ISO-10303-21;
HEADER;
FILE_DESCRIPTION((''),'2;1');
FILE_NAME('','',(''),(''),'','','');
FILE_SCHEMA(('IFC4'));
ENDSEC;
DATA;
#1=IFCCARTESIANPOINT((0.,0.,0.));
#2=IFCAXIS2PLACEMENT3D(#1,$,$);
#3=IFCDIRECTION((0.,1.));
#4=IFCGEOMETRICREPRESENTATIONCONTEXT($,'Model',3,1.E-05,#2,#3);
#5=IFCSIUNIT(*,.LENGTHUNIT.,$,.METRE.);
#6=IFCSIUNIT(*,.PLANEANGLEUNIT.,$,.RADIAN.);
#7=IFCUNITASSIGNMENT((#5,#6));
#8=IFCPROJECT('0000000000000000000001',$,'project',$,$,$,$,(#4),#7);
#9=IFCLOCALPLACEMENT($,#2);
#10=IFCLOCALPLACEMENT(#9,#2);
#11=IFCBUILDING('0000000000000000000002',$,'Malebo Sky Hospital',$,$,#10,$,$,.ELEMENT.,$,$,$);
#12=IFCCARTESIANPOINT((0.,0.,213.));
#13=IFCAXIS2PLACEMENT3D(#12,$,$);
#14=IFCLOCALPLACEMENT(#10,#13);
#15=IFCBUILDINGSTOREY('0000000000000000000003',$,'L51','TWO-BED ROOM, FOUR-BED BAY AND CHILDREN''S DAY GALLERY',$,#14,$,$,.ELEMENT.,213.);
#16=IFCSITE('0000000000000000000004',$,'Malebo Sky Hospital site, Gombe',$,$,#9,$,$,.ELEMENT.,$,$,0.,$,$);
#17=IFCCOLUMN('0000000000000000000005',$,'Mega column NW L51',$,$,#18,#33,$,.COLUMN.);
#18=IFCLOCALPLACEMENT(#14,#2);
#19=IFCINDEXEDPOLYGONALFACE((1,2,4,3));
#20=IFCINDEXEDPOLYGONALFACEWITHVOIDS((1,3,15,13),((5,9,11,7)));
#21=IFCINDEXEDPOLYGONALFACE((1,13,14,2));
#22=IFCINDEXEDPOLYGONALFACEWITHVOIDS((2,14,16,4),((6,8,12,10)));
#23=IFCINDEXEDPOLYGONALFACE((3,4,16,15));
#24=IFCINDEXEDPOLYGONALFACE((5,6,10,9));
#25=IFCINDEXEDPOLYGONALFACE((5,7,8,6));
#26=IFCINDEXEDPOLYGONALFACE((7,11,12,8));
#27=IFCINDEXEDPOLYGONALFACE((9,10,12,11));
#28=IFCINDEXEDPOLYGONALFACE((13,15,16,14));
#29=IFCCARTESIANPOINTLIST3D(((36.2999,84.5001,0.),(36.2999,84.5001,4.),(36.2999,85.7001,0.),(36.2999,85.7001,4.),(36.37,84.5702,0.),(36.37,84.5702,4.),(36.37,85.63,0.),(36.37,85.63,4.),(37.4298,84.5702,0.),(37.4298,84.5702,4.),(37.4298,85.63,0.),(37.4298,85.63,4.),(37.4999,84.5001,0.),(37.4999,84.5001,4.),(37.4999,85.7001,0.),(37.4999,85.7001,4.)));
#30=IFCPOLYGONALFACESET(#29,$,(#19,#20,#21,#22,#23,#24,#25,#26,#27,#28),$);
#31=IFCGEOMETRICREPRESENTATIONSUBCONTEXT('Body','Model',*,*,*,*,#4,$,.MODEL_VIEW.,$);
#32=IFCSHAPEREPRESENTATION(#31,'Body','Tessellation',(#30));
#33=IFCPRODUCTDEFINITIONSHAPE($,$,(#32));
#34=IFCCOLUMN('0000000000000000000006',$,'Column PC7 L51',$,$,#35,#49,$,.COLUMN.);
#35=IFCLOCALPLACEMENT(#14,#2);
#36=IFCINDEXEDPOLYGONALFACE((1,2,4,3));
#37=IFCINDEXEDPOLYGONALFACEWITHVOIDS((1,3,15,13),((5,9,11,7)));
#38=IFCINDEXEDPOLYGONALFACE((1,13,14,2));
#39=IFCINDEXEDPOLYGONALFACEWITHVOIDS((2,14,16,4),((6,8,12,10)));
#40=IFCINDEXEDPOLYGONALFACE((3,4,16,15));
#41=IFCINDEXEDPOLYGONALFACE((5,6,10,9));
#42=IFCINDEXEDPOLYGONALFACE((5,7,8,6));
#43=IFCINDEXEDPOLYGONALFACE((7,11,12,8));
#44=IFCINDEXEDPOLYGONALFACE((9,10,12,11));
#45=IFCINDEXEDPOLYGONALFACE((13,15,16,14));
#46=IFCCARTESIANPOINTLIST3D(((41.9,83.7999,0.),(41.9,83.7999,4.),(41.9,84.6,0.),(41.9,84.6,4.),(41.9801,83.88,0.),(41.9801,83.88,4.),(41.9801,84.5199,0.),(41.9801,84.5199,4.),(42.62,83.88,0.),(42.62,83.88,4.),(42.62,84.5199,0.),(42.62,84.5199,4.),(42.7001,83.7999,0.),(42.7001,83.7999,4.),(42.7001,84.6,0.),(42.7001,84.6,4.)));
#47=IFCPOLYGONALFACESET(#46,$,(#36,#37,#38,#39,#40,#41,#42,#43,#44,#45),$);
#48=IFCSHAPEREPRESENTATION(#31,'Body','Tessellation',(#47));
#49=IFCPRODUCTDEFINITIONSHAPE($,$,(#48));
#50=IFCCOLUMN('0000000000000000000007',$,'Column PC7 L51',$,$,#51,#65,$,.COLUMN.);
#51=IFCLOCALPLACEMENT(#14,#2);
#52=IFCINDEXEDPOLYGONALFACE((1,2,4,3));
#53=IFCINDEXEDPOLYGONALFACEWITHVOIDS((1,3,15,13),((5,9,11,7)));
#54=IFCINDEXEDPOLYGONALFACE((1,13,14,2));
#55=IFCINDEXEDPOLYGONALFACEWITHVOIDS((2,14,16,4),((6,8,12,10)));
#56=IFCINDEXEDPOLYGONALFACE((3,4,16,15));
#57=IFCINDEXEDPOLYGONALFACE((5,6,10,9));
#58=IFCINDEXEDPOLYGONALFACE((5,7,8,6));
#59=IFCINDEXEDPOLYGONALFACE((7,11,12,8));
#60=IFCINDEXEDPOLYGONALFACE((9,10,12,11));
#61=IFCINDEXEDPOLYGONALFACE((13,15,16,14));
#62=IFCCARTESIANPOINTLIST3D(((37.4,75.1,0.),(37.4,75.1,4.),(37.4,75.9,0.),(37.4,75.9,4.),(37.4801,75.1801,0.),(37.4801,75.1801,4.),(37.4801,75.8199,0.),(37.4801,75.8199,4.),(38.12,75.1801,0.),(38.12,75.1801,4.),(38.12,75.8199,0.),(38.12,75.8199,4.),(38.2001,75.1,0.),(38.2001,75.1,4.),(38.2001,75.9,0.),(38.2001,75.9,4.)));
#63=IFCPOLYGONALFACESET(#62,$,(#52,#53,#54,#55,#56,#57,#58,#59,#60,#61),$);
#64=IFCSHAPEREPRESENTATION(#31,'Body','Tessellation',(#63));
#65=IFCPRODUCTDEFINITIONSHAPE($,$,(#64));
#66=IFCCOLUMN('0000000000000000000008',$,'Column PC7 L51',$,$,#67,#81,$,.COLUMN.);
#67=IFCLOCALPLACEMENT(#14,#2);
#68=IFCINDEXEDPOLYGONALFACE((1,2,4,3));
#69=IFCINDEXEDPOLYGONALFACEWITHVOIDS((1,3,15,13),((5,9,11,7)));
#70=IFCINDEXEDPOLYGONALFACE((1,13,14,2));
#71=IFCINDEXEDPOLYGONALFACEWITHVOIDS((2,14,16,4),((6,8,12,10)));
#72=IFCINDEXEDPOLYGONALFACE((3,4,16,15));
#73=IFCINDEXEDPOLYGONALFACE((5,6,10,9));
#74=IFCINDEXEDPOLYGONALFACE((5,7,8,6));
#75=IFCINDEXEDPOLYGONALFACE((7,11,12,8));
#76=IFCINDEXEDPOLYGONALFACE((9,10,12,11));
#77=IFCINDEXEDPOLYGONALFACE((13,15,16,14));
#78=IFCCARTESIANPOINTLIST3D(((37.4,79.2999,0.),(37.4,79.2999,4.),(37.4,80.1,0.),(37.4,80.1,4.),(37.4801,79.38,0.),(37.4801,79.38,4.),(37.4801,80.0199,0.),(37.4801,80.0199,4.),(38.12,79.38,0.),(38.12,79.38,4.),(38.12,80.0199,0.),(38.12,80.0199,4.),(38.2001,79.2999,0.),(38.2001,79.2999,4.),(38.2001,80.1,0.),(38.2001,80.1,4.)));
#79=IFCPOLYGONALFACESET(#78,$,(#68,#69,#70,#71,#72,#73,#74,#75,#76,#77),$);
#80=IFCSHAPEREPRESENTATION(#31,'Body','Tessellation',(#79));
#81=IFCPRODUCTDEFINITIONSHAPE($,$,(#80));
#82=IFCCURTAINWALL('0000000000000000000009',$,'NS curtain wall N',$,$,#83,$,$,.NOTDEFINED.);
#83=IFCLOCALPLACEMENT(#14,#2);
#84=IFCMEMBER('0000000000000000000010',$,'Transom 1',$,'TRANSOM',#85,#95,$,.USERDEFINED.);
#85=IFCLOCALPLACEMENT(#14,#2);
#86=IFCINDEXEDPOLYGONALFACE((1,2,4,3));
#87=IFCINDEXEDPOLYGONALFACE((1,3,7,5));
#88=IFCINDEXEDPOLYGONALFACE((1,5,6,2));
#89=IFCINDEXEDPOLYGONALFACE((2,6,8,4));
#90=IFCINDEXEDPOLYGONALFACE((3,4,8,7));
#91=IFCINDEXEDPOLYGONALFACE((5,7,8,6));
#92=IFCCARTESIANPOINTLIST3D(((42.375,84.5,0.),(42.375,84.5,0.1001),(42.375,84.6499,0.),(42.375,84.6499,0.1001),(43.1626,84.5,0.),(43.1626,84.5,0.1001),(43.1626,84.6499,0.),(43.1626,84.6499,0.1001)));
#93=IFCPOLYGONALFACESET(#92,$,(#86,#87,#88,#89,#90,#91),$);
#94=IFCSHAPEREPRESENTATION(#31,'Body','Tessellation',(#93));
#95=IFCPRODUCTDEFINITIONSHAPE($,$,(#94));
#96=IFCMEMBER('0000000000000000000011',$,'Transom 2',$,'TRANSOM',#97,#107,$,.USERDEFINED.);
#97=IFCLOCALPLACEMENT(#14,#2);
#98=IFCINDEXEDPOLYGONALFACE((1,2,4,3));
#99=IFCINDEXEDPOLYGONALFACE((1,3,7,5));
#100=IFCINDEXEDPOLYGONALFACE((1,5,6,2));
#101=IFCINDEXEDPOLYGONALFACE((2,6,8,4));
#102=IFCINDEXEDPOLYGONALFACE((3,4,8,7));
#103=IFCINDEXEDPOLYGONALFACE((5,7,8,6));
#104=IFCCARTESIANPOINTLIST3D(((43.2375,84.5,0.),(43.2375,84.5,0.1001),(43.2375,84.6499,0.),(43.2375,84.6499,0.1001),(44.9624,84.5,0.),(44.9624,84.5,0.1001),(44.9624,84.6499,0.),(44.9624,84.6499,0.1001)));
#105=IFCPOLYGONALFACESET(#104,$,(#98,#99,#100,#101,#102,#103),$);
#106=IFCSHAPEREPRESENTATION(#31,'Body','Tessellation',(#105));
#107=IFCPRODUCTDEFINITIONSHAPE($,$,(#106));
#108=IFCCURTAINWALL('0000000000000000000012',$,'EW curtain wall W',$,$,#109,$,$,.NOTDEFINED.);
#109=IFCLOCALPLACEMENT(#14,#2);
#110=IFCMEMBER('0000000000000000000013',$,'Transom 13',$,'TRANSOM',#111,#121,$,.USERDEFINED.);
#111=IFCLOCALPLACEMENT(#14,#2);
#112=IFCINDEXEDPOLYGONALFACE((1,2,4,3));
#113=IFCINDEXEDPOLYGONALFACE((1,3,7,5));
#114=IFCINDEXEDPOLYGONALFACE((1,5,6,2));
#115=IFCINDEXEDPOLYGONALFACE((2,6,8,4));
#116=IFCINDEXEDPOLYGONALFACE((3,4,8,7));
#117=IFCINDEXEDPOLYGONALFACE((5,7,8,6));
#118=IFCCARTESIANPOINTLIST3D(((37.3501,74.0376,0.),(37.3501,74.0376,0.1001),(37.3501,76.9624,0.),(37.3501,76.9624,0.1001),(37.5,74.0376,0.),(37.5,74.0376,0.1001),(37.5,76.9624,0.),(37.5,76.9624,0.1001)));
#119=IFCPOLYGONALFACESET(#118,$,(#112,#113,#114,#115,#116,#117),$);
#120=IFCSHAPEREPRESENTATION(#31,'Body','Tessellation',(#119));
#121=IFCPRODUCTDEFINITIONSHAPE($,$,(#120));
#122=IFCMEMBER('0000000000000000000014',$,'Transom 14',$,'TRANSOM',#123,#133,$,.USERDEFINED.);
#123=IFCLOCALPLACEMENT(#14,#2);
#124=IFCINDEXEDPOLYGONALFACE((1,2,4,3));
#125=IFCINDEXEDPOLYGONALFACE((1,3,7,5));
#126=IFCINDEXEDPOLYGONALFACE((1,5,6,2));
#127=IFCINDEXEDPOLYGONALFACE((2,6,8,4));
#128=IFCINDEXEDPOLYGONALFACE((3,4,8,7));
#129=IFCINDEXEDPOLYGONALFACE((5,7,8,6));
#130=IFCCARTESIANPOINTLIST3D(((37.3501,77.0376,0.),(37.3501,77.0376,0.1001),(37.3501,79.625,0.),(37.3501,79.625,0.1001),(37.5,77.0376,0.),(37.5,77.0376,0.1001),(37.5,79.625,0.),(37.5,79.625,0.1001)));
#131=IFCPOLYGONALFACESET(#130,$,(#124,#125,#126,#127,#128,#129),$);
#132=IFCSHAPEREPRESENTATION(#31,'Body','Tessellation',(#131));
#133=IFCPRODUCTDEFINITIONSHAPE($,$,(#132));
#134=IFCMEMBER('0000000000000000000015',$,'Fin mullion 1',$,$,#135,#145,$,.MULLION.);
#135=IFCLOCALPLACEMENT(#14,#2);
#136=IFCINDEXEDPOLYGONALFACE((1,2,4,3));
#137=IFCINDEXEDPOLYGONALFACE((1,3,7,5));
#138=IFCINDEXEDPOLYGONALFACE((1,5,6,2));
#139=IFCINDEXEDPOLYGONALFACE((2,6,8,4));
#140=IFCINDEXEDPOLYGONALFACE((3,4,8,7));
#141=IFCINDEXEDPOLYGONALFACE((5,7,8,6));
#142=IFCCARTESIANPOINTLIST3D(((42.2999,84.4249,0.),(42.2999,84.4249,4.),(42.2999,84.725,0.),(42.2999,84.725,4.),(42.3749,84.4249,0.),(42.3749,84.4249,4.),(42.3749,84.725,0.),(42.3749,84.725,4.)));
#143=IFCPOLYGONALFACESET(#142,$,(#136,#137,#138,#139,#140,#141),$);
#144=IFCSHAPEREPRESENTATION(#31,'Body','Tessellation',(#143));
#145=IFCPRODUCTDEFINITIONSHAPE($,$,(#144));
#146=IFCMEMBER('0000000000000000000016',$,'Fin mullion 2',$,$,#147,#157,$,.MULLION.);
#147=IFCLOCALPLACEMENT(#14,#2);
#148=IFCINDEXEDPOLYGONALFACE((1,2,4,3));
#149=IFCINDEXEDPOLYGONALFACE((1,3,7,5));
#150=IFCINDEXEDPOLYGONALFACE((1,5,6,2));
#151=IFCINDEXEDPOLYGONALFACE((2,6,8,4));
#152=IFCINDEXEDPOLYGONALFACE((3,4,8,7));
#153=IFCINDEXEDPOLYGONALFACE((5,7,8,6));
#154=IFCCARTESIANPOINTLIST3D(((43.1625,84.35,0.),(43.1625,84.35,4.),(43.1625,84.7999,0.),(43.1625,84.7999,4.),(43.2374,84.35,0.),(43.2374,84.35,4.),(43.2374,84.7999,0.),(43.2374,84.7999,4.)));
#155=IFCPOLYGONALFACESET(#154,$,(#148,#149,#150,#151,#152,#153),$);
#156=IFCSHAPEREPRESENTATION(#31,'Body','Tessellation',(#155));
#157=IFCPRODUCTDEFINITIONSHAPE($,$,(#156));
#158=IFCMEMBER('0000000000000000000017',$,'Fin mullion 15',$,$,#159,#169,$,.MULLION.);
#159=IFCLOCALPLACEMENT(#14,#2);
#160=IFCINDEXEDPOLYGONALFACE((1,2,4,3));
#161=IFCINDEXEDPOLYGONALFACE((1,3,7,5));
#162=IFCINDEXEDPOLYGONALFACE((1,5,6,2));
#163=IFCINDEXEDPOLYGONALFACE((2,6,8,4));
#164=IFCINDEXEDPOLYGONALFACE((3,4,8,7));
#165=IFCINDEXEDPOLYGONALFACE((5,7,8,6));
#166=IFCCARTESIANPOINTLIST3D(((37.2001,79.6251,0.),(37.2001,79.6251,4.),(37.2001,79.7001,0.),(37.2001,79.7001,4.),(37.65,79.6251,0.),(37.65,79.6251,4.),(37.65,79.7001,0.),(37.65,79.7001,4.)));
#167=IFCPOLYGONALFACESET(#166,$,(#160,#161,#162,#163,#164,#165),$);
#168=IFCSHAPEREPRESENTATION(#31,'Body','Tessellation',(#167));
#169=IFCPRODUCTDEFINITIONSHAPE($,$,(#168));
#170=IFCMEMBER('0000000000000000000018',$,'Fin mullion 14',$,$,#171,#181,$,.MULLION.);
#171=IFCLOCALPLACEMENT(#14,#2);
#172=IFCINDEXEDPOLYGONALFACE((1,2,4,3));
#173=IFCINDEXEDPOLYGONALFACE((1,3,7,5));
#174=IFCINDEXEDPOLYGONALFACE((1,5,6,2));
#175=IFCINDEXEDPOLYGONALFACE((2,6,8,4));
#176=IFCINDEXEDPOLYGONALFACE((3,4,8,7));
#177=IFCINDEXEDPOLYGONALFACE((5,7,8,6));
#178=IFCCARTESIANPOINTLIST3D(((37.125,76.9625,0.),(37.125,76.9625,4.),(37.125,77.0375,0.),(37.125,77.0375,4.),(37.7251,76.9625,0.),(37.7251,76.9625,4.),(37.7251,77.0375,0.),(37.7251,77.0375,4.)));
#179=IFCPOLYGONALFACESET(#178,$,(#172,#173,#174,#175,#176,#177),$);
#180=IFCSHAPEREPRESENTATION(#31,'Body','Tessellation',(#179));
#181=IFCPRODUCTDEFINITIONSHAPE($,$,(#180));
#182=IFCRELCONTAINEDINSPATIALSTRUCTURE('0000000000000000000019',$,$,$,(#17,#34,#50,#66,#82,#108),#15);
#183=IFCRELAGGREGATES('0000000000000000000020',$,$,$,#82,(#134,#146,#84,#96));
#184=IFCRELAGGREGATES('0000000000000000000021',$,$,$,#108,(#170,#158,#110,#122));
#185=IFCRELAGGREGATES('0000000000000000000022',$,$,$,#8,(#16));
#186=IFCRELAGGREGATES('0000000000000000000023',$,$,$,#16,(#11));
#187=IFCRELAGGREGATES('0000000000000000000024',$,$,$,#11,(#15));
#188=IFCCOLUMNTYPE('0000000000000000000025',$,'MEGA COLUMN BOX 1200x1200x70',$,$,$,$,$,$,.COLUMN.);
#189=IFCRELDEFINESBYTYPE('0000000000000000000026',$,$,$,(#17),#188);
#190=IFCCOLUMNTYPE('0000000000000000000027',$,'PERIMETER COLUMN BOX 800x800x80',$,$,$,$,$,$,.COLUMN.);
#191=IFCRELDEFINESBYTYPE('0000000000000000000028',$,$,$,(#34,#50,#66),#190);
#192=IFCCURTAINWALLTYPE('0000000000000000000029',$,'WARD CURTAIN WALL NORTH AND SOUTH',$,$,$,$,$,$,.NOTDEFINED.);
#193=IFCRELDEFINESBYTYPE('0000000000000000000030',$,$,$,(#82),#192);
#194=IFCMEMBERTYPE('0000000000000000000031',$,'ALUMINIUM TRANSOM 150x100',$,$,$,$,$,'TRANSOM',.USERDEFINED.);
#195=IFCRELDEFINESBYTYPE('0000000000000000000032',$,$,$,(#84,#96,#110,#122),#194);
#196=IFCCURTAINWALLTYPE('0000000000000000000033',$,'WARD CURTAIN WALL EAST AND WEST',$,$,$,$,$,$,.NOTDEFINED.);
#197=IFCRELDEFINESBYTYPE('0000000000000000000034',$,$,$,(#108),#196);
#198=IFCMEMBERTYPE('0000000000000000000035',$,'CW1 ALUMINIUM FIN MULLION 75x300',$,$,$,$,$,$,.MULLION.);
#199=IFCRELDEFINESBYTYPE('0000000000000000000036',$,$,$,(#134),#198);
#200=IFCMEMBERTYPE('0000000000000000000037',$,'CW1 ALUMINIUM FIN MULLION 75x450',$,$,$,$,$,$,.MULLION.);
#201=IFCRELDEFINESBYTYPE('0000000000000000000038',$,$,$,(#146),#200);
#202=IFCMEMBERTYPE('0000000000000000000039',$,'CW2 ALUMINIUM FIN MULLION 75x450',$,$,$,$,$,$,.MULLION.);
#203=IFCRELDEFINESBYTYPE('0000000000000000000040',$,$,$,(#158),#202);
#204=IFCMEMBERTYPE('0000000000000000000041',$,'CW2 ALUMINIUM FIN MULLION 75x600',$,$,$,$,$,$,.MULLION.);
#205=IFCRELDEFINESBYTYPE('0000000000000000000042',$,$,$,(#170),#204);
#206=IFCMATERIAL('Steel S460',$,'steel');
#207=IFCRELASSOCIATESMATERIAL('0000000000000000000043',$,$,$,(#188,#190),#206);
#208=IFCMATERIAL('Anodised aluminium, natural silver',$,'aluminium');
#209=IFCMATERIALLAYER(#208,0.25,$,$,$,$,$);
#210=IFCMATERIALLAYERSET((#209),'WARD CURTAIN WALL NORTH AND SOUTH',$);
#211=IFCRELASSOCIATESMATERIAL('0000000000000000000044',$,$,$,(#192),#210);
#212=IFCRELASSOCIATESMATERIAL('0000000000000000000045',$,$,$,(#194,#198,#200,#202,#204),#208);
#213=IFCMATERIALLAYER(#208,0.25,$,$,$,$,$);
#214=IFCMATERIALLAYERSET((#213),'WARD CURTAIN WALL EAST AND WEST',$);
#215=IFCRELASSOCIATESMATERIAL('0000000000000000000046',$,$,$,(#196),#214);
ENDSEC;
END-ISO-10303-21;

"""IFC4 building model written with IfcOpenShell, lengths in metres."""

from ifc_helpers import new_model, si_unit, direction, frame, origin, origin_2d, place, context, subcontext, project, spatial, rectangle, hollow_rectangle, extrude, material, layer, layer_set, material_profile, profile_set, type_object, element, aggregate, save


model = new_model("IFC4")

# Units and contexts
model_context = context("Model", 3, precision=1e-05, world=origin(), true_north=direction((0.0, 1.0)))
body_context = subcontext(model_context, "Body", "Model", "MODEL_VIEW")
ifc_project = project(units=[si_unit("LENGTHUNIT", "METRE"), si_unit("PLANEANGLEUNIT", "RADIAN")], contexts=[model_context])

# Site, building, storey
site_placement = place(None, origin())
site = spatial("IfcSite", under=ifc_project, at=site_placement, Name="Malebo Sky Hospital site, Gombe", CompositionType="ELEMENT", RefElevation=0.0)
building_placement = place(site_placement, origin())
building = spatial("IfcBuilding", under=site, at=building_placement, Name="Malebo Sky Hospital", CompositionType="ELEMENT")
storey_placement = place(building_placement, frame((0.0, 0.0, 213.0)))
storey = spatial("IfcBuildingStorey", under=building, at=storey_placement, Name="L51", Description="TWO-BED ROOM, FOUR-BED BAY AND CHILDREN'S DAY GALLERY", CompositionType="ELEMENT", Elevation=213.0)

# Columns
ifc_material_1 = material(Name="Steel S460", Category="steel")
ifc_material_profile_1 = material_profile(ifc_material_1, hollow_rectangle(XDim=1.2, YDim=1.2, WallThickness=0.0701, at=origin_2d()), Name="BOX 1200x1200x70")
ifc_profile_set_1 = profile_set([ifc_material_profile_1], Name="Steel S460")
column_type_1 = type_object("IfcColumnType", Name="MEGA COLUMN BOX 1200x1200x70", PredefinedType="COLUMN", material=ifc_profile_set_1)
column_placement = place(storey_placement, frame((36.8999, 85.1001, 0.0), z_axis=(0.0, 0.0, 1.0), x_axis=(1.0, 0.0, 0.0)))
element("IfcColumn", 1, at=column_placement, inside=storey, type_object=column_type_1, Name="Mega column NW L51", PredefinedType="COLUMN", context=body_context, shape_type="SweptSolid", body=[
    extrude(hollow_rectangle(XDim=1.2, YDim=1.2, WallThickness=0.0701, at=origin_2d()), origin(), (0.0, 0.0, 1.0), 4.0),
])
ifc_material_profile_2 = material_profile(ifc_material_1, hollow_rectangle(XDim=0.8, YDim=0.8, WallThickness=0.0801, at=origin_2d()), Name="BOX 800x800x80")
ifc_profile_set_2 = profile_set([ifc_material_profile_2], Name="Steel S460")
column_type_2 = type_object("IfcColumnType", Name="PERIMETER COLUMN BOX 800x800x80", PredefinedType="COLUMN", material=ifc_profile_set_2)
for number, where, z_axis, x_axis, name in (
    (2, (42.3, 84.2, 0.0), (0.0, 0.0, 1.0), (1.0, 0.0, 0.0), "Column PC7 L51"),
    (3, (37.8, 75.5, 0.0), (0.0, 0.0, 1.0), (1.0, 0.0, 0.0), "Column PC7 L51"),
    (4, (37.8, 79.7, 0.0), (0.0, 0.0, 1.0), (1.0, 0.0, 0.0), "Column PC7 L51"),
):
    element("IfcColumn", number, at=place(storey_placement, frame(where, z_axis=z_axis, x_axis=x_axis)), inside=storey, type_object=column_type_2, Name=name, PredefinedType="COLUMN", context=body_context, shape_type="SweptSolid", body=[
        extrude(hollow_rectangle(XDim=0.8, YDim=0.8, WallThickness=0.0801, at=origin_2d()), origin(), (0.0, 0.0, 1.0), 4.0),
    ])

# Curtain walls, members
ifc_material_2 = material(Name="Anodised aluminium, natural silver", Category="aluminium")
ifc_layer_1 = layer(ifc_material_2, 0.25)
ifc_layer_set_1 = layer_set([ifc_layer_1], Name="WARD CURTAIN WALL NORTH AND SOUTH")
curtain_wall_type_1 = type_object("IfcCurtainWallType", Name="WARD CURTAIN WALL NORTH AND SOUTH", PredefinedType="NOTDEFINED", material=ifc_layer_set_1)
curtain_wall_1_placement = place(storey_placement, origin())
curtain_wall_1 = element("IfcCurtainWall", 5, at=curtain_wall_1_placement, inside=storey, type_object=curtain_wall_type_1, Name="NS curtain wall N", PredefinedType="NOTDEFINED")
ifc_material_profile_3 = material_profile(ifc_material_2, rectangle(XDim=0.1499, YDim=0.1001, at=origin_2d()), Name="ALUMINIUM TRANSOM 150x100")
ifc_profile_set_3 = profile_set([ifc_material_profile_3], Name="Anodised aluminium, natural silver")
member_type_1 = type_object("IfcMemberType", Name="ALUMINIUM TRANSOM 150x100", ElementType="TRANSOM", PredefinedType="USERDEFINED", material=ifc_profile_set_3)
member_1_placement = place(storey_placement, frame((42.375, 84.575, 0.05), z_axis=(1.0, 0.0, 0.0), x_axis=(0.0, 1.0, 0.0)))
member_1 = element("IfcMember", 6, at=member_1_placement, type_object=member_type_1, Name="Transom 1", ObjectType="TRANSOM", PredefinedType="USERDEFINED", context=body_context, shape_type="SweptSolid", body=[
    extrude(rectangle(XDim=0.1499, YDim=0.1001, at=origin_2d()), origin(), (0.0, 0.0, 1.0), 0.7876),
])
member_2_placement = place(storey_placement, frame((43.2375, 84.575, 0.05), z_axis=(1.0, 0.0, 0.0), x_axis=(0.0, 1.0, 0.0)))
member_2 = element("IfcMember", 7, at=member_2_placement, type_object=member_type_1, Name="Transom 2", ObjectType="TRANSOM", PredefinedType="USERDEFINED", context=body_context, shape_type="SweptSolid", body=[
    extrude(rectangle(XDim=0.1499, YDim=0.1001, at=origin_2d()), origin(), (0.0, 0.0, 1.0), 1.7249),
])
ifc_layer_2 = layer(ifc_material_2, 0.25)
ifc_layer_set_2 = layer_set([ifc_layer_2], Name="WARD CURTAIN WALL EAST AND WEST")
curtain_wall_type_2 = type_object("IfcCurtainWallType", Name="WARD CURTAIN WALL EAST AND WEST", PredefinedType="NOTDEFINED", material=ifc_layer_set_2)
curtain_wall_2_placement = place(storey_placement, origin())
curtain_wall_2 = element("IfcCurtainWall", 8, at=curtain_wall_2_placement, inside=storey, type_object=curtain_wall_type_2, Name="EW curtain wall W", PredefinedType="NOTDEFINED")
member_3_placement = place(storey_placement, frame((37.425, 74.0376, 0.05), z_axis=(0.0, 1.0, 0.0), x_axis=(-1.0, 0.0, 0.0)))
member_3 = element("IfcMember", 9, at=member_3_placement, type_object=member_type_1, Name="Transom 13", ObjectType="TRANSOM", PredefinedType="USERDEFINED", context=body_context, shape_type="SweptSolid", body=[
    extrude(rectangle(XDim=0.1499, YDim=0.1001, at=origin_2d()), origin(), (0.0, 0.0, 1.0), 2.9248),
])
member_4_placement = place(storey_placement, frame((37.425, 77.0376, 0.05), z_axis=(0.0, 1.0, 0.0), x_axis=(-1.0, 0.0, 0.0)))
member_4 = element("IfcMember", 10, at=member_4_placement, type_object=member_type_1, Name="Transom 14", ObjectType="TRANSOM", PredefinedType="USERDEFINED", context=body_context, shape_type="SweptSolid", body=[
    extrude(rectangle(XDim=0.1499, YDim=0.1001, at=origin_2d()), origin(), (0.0, 0.0, 1.0), 2.5874),
])

# Members
ifc_material_profile_4 = material_profile(ifc_material_2, rectangle(XDim=0.075, YDim=0.3, at=origin_2d()), Name="CW1 ALUMINIUM FIN MULLION 75x300")
ifc_profile_set_4 = profile_set([ifc_material_profile_4], Name="Anodised aluminium, natural silver")
member_type_2 = type_object("IfcMemberType", Name="CW1 ALUMINIUM FIN MULLION 75x300", PredefinedType="MULLION", material=ifc_profile_set_4)
member_5_placement = place(storey_placement, frame((42.3374, 84.575, 0.0), z_axis=(0.0, 0.0, 1.0), x_axis=(1.0, 0.0, 0.0)))
member_5 = element("IfcMember", 11, at=member_5_placement, type_object=member_type_2, Name="Fin mullion 1", PredefinedType="MULLION", context=body_context, shape_type="SweptSolid", body=[
    extrude(rectangle(XDim=0.075, YDim=0.3, at=origin_2d()), origin(), (0.0, 0.0, 1.0), 4.0),
])
ifc_material_profile_5 = material_profile(ifc_material_2, rectangle(XDim=0.075, YDim=0.45, at=origin_2d()), Name="CW1 ALUMINIUM FIN MULLION 75x450")
ifc_profile_set_5 = profile_set([ifc_material_profile_5], Name="Anodised aluminium, natural silver")
member_type_3 = type_object("IfcMemberType", Name="CW1 ALUMINIUM FIN MULLION 75x450", PredefinedType="MULLION", material=ifc_profile_set_5)
member_6_placement = place(storey_placement, frame((43.2, 84.575, 0.0), z_axis=(0.0, 0.0, 1.0), x_axis=(1.0, 0.0, 0.0)))
member_6 = element("IfcMember", 12, at=member_6_placement, type_object=member_type_3, Name="Fin mullion 2", PredefinedType="MULLION", context=body_context, shape_type="SweptSolid", body=[
    extrude(rectangle(XDim=0.075, YDim=0.45, at=origin_2d()), origin(), (0.0, 0.0, 1.0), 4.0),
])
ifc_material_profile_6 = material_profile(ifc_material_2, rectangle(XDim=0.075, YDim=0.45, at=origin_2d()), Name="CW2 ALUMINIUM FIN MULLION 75x450")
ifc_profile_set_6 = profile_set([ifc_material_profile_6], Name="Anodised aluminium, natural silver")
member_type_4 = type_object("IfcMemberType", Name="CW2 ALUMINIUM FIN MULLION 75x450", PredefinedType="MULLION", material=ifc_profile_set_6)
member_7_placement = place(storey_placement, frame((37.425, 79.6626, 0.0), z_axis=(0.0, 0.0, 1.0), x_axis=(0.0, 1.0, 0.0)))
member_7 = element("IfcMember", 13, at=member_7_placement, type_object=member_type_4, Name="Fin mullion 15", PredefinedType="MULLION", context=body_context, shape_type="SweptSolid", body=[
    extrude(rectangle(XDim=0.075, YDim=0.45, at=origin_2d()), origin(), (0.0, 0.0, 1.0), 4.0),
])
ifc_material_profile_7 = material_profile(ifc_material_2, rectangle(XDim=0.075, YDim=0.6001, at=origin_2d()), Name="CW2 ALUMINIUM FIN MULLION 75x600")
ifc_profile_set_7 = profile_set([ifc_material_profile_7], Name="Anodised aluminium, natural silver")
member_type_5 = type_object("IfcMemberType", Name="CW2 ALUMINIUM FIN MULLION 75x600", PredefinedType="MULLION", material=ifc_profile_set_7)
member_8_placement = place(storey_placement, frame((37.425, 77.0, 0.0), z_axis=(0.0, 0.0, 1.0), x_axis=(0.0, 1.0, 0.0)))
member_8 = element("IfcMember", 14, at=member_8_placement, type_object=member_type_5, Name="Fin mullion 14", PredefinedType="MULLION", context=body_context, shape_type="SweptSolid", body=[
    extrude(rectangle(XDim=0.075, YDim=0.6001, at=origin_2d()), origin(), (0.0, 0.0, 1.0), 4.0),
])

aggregate(curtain_wall_1, [member_5, member_6, member_1, member_2])
aggregate(curtain_wall_2, [member_8, member_7, member_3, member_4])

save(model, "model.ifc")
